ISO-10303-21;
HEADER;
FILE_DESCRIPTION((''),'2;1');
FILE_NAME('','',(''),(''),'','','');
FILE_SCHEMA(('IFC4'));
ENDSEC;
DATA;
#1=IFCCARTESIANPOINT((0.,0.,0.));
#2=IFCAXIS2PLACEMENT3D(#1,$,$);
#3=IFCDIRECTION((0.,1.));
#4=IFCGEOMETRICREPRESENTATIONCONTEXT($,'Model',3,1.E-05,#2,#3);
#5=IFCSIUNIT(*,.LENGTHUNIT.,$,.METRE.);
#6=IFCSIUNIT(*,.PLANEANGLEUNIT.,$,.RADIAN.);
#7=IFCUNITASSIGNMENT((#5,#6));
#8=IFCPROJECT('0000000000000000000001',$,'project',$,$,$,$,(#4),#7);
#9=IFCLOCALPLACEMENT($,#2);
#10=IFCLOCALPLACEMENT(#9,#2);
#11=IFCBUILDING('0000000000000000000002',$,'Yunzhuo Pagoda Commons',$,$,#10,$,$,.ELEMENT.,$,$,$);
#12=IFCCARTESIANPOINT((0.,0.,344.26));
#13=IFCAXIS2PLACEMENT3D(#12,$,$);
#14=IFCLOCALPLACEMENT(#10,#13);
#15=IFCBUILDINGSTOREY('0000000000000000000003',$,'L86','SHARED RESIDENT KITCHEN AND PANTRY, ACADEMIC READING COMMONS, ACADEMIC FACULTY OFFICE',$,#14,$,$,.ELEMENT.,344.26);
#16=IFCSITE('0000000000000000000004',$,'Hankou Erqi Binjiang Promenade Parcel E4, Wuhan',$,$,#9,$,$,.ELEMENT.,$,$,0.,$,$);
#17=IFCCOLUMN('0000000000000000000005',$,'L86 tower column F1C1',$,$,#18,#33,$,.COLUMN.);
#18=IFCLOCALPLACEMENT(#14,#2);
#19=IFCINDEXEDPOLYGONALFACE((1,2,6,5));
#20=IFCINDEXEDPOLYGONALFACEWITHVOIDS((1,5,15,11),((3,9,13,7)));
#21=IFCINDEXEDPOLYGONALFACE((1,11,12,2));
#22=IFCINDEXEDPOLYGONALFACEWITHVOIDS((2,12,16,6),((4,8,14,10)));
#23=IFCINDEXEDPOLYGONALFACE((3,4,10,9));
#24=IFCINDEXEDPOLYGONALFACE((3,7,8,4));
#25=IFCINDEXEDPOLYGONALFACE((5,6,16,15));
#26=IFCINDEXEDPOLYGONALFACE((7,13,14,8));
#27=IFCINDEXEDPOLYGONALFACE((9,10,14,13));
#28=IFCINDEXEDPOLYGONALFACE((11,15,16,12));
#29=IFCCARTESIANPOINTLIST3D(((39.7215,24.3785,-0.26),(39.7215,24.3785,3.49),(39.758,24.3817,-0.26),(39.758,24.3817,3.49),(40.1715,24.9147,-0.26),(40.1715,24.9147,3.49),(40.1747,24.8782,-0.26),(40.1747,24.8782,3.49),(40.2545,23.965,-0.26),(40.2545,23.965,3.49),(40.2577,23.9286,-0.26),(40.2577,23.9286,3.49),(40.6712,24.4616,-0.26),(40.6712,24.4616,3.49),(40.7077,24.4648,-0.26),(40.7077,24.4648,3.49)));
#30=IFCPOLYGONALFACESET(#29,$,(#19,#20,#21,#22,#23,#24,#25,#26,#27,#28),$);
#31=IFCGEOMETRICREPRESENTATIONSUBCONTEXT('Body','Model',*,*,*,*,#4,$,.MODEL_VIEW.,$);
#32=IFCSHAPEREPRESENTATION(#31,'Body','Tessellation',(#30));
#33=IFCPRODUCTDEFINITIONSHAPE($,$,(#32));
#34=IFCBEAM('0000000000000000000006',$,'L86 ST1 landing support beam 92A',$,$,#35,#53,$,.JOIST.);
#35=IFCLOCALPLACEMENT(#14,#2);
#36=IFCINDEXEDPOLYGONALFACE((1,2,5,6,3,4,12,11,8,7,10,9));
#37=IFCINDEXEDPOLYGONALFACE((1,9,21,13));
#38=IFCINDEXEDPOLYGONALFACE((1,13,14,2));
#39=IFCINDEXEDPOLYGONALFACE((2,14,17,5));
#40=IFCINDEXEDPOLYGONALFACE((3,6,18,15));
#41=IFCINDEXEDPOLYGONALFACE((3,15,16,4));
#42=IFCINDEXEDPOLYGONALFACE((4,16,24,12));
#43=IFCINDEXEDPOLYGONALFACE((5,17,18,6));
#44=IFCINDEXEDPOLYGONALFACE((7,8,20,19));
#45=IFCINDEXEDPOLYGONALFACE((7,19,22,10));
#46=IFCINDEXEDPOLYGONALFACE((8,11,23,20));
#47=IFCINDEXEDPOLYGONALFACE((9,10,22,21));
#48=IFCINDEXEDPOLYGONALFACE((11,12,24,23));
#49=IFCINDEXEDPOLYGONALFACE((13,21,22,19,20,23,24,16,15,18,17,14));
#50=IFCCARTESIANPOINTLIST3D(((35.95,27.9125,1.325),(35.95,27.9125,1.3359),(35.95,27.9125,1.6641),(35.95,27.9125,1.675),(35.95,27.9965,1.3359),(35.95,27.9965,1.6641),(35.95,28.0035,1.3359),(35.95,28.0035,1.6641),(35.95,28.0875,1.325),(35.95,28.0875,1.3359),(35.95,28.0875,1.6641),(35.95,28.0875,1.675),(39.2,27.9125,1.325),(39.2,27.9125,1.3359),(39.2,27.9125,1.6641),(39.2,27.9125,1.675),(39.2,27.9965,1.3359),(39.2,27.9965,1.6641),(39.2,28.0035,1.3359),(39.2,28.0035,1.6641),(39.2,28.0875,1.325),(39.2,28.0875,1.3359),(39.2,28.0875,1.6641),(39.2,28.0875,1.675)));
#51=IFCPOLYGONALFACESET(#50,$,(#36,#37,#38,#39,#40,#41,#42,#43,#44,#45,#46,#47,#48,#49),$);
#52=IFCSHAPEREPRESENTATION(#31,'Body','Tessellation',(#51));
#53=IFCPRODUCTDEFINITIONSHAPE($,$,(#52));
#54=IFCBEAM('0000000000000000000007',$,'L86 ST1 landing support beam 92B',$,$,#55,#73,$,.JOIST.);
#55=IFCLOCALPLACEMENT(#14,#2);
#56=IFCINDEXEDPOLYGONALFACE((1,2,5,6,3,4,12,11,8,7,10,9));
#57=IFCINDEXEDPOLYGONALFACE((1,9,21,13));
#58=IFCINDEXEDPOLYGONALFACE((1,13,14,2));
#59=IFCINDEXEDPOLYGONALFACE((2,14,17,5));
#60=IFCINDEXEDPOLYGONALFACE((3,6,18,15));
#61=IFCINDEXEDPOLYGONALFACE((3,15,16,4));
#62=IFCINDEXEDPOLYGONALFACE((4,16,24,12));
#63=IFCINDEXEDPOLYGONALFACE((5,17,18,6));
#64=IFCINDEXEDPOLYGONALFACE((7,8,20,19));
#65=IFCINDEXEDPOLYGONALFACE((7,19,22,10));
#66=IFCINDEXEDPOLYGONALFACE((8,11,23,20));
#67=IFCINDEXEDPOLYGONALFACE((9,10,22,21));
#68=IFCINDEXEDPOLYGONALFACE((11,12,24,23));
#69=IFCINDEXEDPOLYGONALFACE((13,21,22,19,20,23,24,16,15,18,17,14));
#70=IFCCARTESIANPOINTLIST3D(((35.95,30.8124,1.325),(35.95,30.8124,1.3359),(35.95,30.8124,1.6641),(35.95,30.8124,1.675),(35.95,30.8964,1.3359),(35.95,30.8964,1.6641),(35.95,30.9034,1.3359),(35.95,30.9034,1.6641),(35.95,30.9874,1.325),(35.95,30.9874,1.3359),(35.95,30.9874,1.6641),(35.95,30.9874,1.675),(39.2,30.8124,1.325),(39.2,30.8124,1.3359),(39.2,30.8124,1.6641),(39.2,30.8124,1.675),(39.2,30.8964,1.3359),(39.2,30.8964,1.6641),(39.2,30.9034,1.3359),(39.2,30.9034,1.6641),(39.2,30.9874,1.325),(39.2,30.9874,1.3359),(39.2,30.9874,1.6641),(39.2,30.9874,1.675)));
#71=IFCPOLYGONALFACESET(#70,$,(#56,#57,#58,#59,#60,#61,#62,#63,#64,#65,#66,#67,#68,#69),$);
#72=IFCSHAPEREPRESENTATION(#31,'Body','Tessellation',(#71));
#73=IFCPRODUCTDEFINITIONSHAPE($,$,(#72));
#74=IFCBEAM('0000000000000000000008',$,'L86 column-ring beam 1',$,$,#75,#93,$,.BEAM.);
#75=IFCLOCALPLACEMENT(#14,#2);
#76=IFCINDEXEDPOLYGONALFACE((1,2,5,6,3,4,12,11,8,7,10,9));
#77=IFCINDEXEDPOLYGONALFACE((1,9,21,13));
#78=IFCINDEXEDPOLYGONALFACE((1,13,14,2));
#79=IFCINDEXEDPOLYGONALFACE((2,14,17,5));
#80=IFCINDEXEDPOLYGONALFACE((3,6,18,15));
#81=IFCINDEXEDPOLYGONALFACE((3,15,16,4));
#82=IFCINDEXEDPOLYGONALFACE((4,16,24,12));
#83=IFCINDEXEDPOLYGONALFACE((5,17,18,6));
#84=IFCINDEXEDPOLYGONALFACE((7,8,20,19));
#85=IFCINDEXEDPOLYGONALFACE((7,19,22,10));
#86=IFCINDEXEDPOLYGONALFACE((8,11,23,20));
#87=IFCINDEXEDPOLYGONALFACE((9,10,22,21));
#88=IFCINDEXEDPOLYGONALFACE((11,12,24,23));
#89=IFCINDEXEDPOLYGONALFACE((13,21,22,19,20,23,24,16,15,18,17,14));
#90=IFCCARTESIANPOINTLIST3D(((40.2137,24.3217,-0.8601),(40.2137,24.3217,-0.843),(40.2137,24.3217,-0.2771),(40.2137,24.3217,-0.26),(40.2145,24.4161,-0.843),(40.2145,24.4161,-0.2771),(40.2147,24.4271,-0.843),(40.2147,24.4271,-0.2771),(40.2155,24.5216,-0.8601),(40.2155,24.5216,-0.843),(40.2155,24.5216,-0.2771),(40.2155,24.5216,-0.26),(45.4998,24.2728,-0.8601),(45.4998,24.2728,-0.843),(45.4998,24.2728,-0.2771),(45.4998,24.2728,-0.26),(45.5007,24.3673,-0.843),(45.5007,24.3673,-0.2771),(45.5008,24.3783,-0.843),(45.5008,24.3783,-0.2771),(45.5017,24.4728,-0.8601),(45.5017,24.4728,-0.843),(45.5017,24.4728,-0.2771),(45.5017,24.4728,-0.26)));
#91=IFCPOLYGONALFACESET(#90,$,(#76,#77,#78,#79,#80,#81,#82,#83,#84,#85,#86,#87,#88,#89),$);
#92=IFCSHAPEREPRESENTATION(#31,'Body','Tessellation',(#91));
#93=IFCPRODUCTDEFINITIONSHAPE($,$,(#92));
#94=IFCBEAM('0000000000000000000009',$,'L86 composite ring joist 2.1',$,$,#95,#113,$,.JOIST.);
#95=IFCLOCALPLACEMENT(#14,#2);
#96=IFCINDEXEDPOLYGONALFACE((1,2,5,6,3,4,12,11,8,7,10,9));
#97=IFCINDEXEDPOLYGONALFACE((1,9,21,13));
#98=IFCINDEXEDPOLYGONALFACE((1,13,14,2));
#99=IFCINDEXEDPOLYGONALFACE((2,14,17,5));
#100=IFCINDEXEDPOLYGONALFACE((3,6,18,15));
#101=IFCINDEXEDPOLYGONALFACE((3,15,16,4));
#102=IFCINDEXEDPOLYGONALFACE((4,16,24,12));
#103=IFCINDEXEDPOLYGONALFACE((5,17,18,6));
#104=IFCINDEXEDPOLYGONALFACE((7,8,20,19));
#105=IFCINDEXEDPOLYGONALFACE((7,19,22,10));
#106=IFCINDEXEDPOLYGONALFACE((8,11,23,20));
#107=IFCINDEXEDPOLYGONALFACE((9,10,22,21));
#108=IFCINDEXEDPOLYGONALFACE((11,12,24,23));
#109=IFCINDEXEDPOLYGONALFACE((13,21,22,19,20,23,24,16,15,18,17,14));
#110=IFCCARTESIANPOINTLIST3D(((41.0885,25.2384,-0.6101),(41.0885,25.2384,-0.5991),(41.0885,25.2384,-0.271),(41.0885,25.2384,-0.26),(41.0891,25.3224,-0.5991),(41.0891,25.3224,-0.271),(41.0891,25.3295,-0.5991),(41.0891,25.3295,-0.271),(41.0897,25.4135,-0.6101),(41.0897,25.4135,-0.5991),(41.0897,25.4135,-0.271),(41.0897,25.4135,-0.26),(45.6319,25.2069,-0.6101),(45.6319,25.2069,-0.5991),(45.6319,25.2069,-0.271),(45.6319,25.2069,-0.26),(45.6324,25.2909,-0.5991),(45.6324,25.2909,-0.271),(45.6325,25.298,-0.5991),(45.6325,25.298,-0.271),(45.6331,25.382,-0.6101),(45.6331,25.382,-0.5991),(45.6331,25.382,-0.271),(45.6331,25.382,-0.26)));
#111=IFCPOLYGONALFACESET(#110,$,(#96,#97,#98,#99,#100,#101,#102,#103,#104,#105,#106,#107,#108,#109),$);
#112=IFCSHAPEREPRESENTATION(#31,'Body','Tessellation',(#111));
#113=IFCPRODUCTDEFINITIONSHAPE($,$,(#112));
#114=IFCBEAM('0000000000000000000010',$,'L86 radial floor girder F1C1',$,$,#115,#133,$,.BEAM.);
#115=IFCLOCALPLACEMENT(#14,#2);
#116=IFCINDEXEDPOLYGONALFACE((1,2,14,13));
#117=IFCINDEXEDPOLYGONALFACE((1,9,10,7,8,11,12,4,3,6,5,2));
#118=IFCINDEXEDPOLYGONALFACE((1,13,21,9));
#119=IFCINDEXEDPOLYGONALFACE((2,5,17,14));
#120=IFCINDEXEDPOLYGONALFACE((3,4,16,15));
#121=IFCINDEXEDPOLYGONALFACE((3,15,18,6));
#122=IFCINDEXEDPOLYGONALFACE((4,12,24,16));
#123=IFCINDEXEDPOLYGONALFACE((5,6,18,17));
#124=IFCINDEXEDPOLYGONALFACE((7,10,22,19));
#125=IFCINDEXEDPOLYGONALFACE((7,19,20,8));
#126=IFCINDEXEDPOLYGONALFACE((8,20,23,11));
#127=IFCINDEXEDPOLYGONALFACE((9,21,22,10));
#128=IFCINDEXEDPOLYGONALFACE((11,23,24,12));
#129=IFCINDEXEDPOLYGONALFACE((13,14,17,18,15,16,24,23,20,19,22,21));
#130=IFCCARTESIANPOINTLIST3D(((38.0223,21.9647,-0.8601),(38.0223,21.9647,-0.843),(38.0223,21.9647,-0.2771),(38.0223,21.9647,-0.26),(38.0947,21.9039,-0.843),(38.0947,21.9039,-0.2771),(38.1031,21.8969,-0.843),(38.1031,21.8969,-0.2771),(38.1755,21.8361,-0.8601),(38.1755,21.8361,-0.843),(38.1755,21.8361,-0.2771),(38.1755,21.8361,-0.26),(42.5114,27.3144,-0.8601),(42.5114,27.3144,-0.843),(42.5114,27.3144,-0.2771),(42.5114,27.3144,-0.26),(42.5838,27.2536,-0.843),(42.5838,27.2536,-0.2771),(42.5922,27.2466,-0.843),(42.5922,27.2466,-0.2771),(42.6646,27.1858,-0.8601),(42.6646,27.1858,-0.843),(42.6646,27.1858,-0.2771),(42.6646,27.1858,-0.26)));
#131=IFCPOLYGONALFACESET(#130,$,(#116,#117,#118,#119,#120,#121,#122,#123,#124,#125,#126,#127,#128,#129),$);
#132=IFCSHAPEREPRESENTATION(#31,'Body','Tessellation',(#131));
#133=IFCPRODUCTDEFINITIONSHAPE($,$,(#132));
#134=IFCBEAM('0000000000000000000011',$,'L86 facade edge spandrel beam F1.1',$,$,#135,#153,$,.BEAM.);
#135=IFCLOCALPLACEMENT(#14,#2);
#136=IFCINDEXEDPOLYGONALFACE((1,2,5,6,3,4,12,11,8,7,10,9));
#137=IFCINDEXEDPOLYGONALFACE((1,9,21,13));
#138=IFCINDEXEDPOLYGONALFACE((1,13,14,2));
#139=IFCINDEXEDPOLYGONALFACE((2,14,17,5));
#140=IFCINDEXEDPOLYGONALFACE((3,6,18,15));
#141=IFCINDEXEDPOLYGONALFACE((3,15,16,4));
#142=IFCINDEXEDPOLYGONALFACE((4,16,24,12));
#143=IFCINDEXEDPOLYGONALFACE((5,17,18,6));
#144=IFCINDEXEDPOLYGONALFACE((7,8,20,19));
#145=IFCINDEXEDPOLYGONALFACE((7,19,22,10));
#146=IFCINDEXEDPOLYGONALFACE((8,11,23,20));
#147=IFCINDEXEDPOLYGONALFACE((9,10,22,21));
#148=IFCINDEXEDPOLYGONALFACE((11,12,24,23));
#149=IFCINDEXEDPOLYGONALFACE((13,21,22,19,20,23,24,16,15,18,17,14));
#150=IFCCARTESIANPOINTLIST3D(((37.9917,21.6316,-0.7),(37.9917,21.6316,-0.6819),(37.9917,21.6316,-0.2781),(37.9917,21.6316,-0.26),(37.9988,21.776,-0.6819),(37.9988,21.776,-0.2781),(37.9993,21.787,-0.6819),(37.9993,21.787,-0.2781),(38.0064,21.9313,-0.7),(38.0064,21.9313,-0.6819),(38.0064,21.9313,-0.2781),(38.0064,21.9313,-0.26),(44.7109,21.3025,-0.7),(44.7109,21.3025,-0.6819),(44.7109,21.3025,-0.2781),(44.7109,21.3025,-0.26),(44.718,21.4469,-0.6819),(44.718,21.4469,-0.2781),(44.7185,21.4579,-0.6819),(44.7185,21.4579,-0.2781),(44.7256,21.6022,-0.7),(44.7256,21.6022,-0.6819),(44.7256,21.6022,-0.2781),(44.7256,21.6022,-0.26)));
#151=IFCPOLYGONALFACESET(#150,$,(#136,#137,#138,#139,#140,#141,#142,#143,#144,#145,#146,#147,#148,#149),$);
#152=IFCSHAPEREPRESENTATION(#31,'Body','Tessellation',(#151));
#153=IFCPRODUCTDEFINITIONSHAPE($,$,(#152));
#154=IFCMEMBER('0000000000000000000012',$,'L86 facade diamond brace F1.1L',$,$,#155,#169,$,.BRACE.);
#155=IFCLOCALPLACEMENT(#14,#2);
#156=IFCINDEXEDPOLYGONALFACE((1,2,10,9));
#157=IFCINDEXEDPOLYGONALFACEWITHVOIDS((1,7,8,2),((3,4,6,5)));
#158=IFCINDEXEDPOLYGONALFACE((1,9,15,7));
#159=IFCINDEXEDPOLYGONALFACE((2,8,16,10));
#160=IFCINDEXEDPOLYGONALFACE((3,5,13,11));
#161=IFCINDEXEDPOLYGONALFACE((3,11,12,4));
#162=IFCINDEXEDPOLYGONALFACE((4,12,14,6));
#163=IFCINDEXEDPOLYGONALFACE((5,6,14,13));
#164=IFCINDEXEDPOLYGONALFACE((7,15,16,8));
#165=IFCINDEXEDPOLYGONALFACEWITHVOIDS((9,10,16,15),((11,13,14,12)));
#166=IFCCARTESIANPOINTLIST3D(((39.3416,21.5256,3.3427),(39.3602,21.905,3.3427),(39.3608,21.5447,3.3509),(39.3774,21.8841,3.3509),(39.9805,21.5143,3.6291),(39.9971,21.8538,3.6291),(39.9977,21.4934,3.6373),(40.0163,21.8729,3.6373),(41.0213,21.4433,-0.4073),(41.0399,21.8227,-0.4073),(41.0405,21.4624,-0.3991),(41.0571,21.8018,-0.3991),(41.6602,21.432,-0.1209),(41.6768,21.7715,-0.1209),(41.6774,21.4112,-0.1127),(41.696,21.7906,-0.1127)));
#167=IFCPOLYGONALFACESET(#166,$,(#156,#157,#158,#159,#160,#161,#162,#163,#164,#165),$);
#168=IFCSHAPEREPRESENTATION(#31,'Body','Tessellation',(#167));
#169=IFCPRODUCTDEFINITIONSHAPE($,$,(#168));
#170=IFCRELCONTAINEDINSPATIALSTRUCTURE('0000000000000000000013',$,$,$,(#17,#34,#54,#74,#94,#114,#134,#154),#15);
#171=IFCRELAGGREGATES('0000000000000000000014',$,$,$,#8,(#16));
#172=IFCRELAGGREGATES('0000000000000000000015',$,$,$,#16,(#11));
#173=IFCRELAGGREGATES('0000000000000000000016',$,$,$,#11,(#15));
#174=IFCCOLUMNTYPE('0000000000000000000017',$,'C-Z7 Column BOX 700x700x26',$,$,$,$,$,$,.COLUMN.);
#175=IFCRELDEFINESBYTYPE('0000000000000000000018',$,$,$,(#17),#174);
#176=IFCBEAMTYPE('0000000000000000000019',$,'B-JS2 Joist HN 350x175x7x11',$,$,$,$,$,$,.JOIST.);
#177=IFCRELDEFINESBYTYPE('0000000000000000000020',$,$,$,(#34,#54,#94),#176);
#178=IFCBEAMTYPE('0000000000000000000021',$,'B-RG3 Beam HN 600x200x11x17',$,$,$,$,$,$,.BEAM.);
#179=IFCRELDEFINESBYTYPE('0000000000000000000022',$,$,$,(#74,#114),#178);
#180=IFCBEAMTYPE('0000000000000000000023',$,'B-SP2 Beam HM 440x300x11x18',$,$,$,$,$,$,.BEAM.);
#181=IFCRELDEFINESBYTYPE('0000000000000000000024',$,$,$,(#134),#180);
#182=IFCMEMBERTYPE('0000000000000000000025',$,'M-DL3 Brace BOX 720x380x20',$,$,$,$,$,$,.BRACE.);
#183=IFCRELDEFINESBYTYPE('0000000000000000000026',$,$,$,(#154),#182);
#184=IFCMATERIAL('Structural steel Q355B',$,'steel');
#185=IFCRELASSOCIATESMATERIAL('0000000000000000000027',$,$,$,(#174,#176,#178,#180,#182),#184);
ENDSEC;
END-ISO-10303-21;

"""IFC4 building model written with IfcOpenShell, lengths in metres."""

from ifc_helpers import new_model, si_unit, direction, frame, origin, origin_2d, place, context, subcontext, project, spatial, hollow_rectangle, i_section, extrude, source, transform, mapped, material, material_profile, profile_set, type_object, element, save


model = new_model("IFC4")

# Units and contexts
model_context = context("Model", 3, precision=1e-05, world=origin(), true_north=direction((0.0, 1.0)))
body_context = subcontext(model_context, "Body", "Model", "MODEL_VIEW")
ifc_project = project(units=[si_unit("LENGTHUNIT", "METRE"), si_unit("PLANEANGLEUNIT", "RADIAN")], contexts=[model_context])

# Site, building, storey
site_placement = place(None, origin())
site = spatial("IfcSite", under=ifc_project, at=site_placement, Name="Hankou Erqi Binjiang Promenade Parcel E4, Wuhan", CompositionType="ELEMENT", RefElevation=0.0)
building_placement = place(site_placement, origin())
building = spatial("IfcBuilding", under=site, at=building_placement, Name="Yunzhuo Pagoda Commons", CompositionType="ELEMENT")
storey_placement = place(building_placement, frame((0.0, 0.0, 344.26)))
storey = spatial("IfcBuildingStorey", under=building, at=storey_placement, Name="L86", Description="SHARED RESIDENT KITCHEN AND PANTRY, ACADEMIC READING COMMONS, ACADEMIC FACULTY OFFICE", CompositionType="ELEMENT", Elevation=344.26)

# Column
ifc_material_1 = material(Name="Structural steel Q355B", Category="steel")
ifc_material_profile_1 = material_profile(ifc_material_1, hollow_rectangle(XDim=0.7, YDim=0.7, WallThickness=0.0259, at=origin_2d()), Name="Structural steel Q355B")
ifc_profile_set_1 = profile_set([ifc_material_profile_1], Name="Structural steel Q355B")
column_type = type_object("IfcColumnType", Name="C-Z7 Column BOX 700x700x26", PredefinedType="COLUMN", material=ifc_profile_set_1)
shared_shape_1 = source(origin(), body_context, "Body", "SweptSolid", [
    extrude(hollow_rectangle(XDim=0.7, YDim=0.7, WallThickness=0.0259, at=origin_2d()), origin(), (0.0, 0.0, 1.0), 3.75),
])
column_placement = place(storey_placement, frame((40.2146, 24.4216, -0.26), z_axis=(0.0, 0.0, 1.0), x_axis=(0.766044, -0.642788, 0.0)))
element("IfcColumn", 1, at=column_placement, inside=storey, type_object=column_type, Name="L86 tower column F1C1", PredefinedType="COLUMN", context=body_context, shape_type="MappedRepresentation", body=[
    mapped(shared_shape_1, transform((0.0, 0.0, 0.0), scale=1.0)),
])

# Beams
ifc_material_profile_2 = material_profile(ifc_material_1, i_section(OverallWidth=0.175, OverallDepth=0.3501, WebThickness=0.0071, FlangeThickness=0.011, at=origin_2d()), Name="Structural steel Q355B")
ifc_profile_set_2 = profile_set([ifc_material_profile_2], Name="Structural steel Q355B")
beam_type_1 = type_object("IfcBeamType", Name="B-JS2 Joist HN 350x175x7x11", PredefinedType="JOIST", material=ifc_profile_set_2)
shared_shape_2 = source(origin(), body_context, "Body", "SweptSolid", [
    extrude(i_section(OverallWidth=0.175, OverallDepth=0.3501, WebThickness=0.0071, FlangeThickness=0.011, at=origin_2d()), origin(), (0.0, 0.0, 1.0), 3.25),
])
for number, where, z_axis, x_axis, name in (
    (2, (35.95, 28.0, 1.5), (1.0, 0.0, 0.0), (0.0, 1.0, 0.0), "L86 ST1 landing support beam 92A"),
    (3, (35.95, 30.8999, 1.5), (1.0, 0.0, 0.0), (0.0, 1.0, 0.0), "L86 ST1 landing support beam 92B"),
):
    element("IfcBeam", number, at=place(storey_placement, frame(where, z_axis=z_axis, x_axis=x_axis)), inside=storey, type_object=beam_type_1, Name=name, PredefinedType="JOIST", context=body_context, shape_type="MappedRepresentation", body=[
        mapped(shared_shape_2, transform((0.0, 0.0, 0.0), scale=1.0)),
    ])
ifc_material_profile_3 = material_profile(ifc_material_1, i_section(OverallWidth=0.2, OverallDepth=0.6001, WebThickness=0.011, FlangeThickness=0.0171, at=origin_2d()), Name="Structural steel Q355B")
ifc_profile_set_3 = profile_set([ifc_material_profile_3], Name="Structural steel Q355B")
beam_type_2 = type_object("IfcBeamType", Name="B-RG3 Beam HN 600x200x11x17", PredefinedType="BEAM", material=ifc_profile_set_3)
shared_shape_3 = source(origin(), body_context, "Body", "SweptSolid", [
    extrude(i_section(OverallWidth=0.2, OverallDepth=0.6001, WebThickness=0.011, FlangeThickness=0.0171, at=origin_2d()), origin(), (0.0, 0.0, 1.0), 5.2864),
])
beam_1_placement = place(storey_placement, frame((40.2146, 24.4216, -0.5601), z_axis=(0.999957, -0.009237, 0.0), x_axis=(0.009237, 0.999957, 0.0)))
element("IfcBeam", 4, at=beam_1_placement, inside=storey, type_object=beam_type_2, Name="L86 column-ring beam 1", PredefinedType="BEAM", context=body_context, shape_type="MappedRepresentation", body=[
    mapped(shared_shape_3, transform((0.0, 0.0, 0.0), scale=1.0)),
])
shared_shape_4 = source(origin(), body_context, "Body", "SweptSolid", [
    extrude(i_section(OverallWidth=0.175, OverallDepth=0.3501, WebThickness=0.0071, FlangeThickness=0.011, at=origin_2d()), origin(), (0.0, 0.0, 1.0), 4.5435),
])
beam_2_placement = place(storey_placement, frame((41.0891, 25.3259, -0.4351), z_axis=(0.999976, -0.006932, 0.0), x_axis=(0.006932, 0.999976, 0.0)))
element("IfcBeam", 5, at=beam_2_placement, inside=storey, type_object=beam_type_1, Name="L86 composite ring joist 2.1", PredefinedType="JOIST", context=body_context, shape_type="MappedRepresentation", body=[
    mapped(shared_shape_4, transform((0.0, 0.0, 0.0), scale=1.0)),
])
shared_shape_5 = source(origin(), body_context, "Body", "SweptSolid", [
    extrude(i_section(OverallWidth=0.2, OverallDepth=0.6001, WebThickness=0.011, FlangeThickness=0.0171, at=origin_2d()), origin(), (0.0, 0.0, 1.0), 6.9836),
])
beam_3_placement = place(storey_placement, frame((38.0989, 21.9004, -0.5601), z_axis=(0.642801, 0.766033, 0.0), x_axis=(-0.766033, 0.642801, 0.0)))
element("IfcBeam", 6, at=beam_3_placement, inside=storey, type_object=beam_type_2, Name="L86 radial floor girder F1C1", PredefinedType="BEAM", context=body_context, shape_type="MappedRepresentation", body=[
    mapped(shared_shape_5, transform((0.0, 0.0, 0.0), scale=1.0)),
])
ifc_material_profile_4 = material_profile(ifc_material_1, i_section(OverallWidth=0.3, OverallDepth=0.4399, WebThickness=0.011, FlangeThickness=0.0181, at=origin_2d()), Name="Structural steel Q355B")
ifc_profile_set_4 = profile_set([ifc_material_profile_4], Name="Structural steel Q355B")
beam_type_3 = type_object("IfcBeamType", Name="B-SP2 Beam HM 440x300x11x18", PredefinedType="BEAM", material=ifc_profile_set_4)
shared_shape_6 = source(origin(), body_context, "Body", "SweptSolid", [
    extrude(i_section(OverallWidth=0.3, OverallDepth=0.4399, WebThickness=0.011, FlangeThickness=0.0181, at=origin_2d()), origin(), (0.0, 0.0, 1.0), 6.7273),
])
beam_4_placement = place(storey_placement, frame((37.999, 21.7815, -0.48), z_axis=(0.998803, -0.04892, 0.0), x_axis=(0.04892, 0.998803, 0.0)))
element("IfcBeam", 7, at=beam_4_placement, inside=storey, type_object=beam_type_3, Name="L86 facade edge spandrel beam F1.1", PredefinedType="BEAM", context=body_context, shape_type="MappedRepresentation", body=[
    mapped(shared_shape_6, transform((0.0, 0.0, 0.0), scale=1.0)),
])

# Member
ifc_material_profile_5 = material_profile(ifc_material_1, hollow_rectangle(XDim=0.3799, YDim=0.72, WallThickness=0.02, at=origin_2d()), Name="Structural steel Q355B")
ifc_profile_set_5 = profile_set([ifc_material_profile_5], Name="Structural steel Q355B")
member_type_1 = type_object("IfcMemberType", Name="M-DL3 Brace BOX 720x380x20", PredefinedType="BRACE", material=ifc_profile_set_5)
shared_shape_7 = source(origin(), body_context, "Body", "SweptSolid", [
    extrude(hollow_rectangle(XDim=0.3799, YDim=0.72, WallThickness=0.02, at=origin_2d()), origin(), (0.0, 0.0, 1.0), 4.1099),
])
for number, where, z_axis, x_axis, name in (
    (8, (41.3586, 21.6169, -0.26), (-0.408701, 0.020019, 0.912449), (-0.048924, -0.998803, 0.0), "L86 facade diamond brace F1.1L"),
):
    element("IfcMember", number, at=place(storey_placement, frame(where, z_axis=z_axis, x_axis=x_axis)), inside=storey, type_object=member_type_1, Name=name, PredefinedType="BRACE", context=body_context, shape_type="MappedRepresentation", body=[
        mapped(shared_shape_7, transform((0.0, 0.0, 0.0), scale=1.0)),
    ])

save(model, "model.ifc")
